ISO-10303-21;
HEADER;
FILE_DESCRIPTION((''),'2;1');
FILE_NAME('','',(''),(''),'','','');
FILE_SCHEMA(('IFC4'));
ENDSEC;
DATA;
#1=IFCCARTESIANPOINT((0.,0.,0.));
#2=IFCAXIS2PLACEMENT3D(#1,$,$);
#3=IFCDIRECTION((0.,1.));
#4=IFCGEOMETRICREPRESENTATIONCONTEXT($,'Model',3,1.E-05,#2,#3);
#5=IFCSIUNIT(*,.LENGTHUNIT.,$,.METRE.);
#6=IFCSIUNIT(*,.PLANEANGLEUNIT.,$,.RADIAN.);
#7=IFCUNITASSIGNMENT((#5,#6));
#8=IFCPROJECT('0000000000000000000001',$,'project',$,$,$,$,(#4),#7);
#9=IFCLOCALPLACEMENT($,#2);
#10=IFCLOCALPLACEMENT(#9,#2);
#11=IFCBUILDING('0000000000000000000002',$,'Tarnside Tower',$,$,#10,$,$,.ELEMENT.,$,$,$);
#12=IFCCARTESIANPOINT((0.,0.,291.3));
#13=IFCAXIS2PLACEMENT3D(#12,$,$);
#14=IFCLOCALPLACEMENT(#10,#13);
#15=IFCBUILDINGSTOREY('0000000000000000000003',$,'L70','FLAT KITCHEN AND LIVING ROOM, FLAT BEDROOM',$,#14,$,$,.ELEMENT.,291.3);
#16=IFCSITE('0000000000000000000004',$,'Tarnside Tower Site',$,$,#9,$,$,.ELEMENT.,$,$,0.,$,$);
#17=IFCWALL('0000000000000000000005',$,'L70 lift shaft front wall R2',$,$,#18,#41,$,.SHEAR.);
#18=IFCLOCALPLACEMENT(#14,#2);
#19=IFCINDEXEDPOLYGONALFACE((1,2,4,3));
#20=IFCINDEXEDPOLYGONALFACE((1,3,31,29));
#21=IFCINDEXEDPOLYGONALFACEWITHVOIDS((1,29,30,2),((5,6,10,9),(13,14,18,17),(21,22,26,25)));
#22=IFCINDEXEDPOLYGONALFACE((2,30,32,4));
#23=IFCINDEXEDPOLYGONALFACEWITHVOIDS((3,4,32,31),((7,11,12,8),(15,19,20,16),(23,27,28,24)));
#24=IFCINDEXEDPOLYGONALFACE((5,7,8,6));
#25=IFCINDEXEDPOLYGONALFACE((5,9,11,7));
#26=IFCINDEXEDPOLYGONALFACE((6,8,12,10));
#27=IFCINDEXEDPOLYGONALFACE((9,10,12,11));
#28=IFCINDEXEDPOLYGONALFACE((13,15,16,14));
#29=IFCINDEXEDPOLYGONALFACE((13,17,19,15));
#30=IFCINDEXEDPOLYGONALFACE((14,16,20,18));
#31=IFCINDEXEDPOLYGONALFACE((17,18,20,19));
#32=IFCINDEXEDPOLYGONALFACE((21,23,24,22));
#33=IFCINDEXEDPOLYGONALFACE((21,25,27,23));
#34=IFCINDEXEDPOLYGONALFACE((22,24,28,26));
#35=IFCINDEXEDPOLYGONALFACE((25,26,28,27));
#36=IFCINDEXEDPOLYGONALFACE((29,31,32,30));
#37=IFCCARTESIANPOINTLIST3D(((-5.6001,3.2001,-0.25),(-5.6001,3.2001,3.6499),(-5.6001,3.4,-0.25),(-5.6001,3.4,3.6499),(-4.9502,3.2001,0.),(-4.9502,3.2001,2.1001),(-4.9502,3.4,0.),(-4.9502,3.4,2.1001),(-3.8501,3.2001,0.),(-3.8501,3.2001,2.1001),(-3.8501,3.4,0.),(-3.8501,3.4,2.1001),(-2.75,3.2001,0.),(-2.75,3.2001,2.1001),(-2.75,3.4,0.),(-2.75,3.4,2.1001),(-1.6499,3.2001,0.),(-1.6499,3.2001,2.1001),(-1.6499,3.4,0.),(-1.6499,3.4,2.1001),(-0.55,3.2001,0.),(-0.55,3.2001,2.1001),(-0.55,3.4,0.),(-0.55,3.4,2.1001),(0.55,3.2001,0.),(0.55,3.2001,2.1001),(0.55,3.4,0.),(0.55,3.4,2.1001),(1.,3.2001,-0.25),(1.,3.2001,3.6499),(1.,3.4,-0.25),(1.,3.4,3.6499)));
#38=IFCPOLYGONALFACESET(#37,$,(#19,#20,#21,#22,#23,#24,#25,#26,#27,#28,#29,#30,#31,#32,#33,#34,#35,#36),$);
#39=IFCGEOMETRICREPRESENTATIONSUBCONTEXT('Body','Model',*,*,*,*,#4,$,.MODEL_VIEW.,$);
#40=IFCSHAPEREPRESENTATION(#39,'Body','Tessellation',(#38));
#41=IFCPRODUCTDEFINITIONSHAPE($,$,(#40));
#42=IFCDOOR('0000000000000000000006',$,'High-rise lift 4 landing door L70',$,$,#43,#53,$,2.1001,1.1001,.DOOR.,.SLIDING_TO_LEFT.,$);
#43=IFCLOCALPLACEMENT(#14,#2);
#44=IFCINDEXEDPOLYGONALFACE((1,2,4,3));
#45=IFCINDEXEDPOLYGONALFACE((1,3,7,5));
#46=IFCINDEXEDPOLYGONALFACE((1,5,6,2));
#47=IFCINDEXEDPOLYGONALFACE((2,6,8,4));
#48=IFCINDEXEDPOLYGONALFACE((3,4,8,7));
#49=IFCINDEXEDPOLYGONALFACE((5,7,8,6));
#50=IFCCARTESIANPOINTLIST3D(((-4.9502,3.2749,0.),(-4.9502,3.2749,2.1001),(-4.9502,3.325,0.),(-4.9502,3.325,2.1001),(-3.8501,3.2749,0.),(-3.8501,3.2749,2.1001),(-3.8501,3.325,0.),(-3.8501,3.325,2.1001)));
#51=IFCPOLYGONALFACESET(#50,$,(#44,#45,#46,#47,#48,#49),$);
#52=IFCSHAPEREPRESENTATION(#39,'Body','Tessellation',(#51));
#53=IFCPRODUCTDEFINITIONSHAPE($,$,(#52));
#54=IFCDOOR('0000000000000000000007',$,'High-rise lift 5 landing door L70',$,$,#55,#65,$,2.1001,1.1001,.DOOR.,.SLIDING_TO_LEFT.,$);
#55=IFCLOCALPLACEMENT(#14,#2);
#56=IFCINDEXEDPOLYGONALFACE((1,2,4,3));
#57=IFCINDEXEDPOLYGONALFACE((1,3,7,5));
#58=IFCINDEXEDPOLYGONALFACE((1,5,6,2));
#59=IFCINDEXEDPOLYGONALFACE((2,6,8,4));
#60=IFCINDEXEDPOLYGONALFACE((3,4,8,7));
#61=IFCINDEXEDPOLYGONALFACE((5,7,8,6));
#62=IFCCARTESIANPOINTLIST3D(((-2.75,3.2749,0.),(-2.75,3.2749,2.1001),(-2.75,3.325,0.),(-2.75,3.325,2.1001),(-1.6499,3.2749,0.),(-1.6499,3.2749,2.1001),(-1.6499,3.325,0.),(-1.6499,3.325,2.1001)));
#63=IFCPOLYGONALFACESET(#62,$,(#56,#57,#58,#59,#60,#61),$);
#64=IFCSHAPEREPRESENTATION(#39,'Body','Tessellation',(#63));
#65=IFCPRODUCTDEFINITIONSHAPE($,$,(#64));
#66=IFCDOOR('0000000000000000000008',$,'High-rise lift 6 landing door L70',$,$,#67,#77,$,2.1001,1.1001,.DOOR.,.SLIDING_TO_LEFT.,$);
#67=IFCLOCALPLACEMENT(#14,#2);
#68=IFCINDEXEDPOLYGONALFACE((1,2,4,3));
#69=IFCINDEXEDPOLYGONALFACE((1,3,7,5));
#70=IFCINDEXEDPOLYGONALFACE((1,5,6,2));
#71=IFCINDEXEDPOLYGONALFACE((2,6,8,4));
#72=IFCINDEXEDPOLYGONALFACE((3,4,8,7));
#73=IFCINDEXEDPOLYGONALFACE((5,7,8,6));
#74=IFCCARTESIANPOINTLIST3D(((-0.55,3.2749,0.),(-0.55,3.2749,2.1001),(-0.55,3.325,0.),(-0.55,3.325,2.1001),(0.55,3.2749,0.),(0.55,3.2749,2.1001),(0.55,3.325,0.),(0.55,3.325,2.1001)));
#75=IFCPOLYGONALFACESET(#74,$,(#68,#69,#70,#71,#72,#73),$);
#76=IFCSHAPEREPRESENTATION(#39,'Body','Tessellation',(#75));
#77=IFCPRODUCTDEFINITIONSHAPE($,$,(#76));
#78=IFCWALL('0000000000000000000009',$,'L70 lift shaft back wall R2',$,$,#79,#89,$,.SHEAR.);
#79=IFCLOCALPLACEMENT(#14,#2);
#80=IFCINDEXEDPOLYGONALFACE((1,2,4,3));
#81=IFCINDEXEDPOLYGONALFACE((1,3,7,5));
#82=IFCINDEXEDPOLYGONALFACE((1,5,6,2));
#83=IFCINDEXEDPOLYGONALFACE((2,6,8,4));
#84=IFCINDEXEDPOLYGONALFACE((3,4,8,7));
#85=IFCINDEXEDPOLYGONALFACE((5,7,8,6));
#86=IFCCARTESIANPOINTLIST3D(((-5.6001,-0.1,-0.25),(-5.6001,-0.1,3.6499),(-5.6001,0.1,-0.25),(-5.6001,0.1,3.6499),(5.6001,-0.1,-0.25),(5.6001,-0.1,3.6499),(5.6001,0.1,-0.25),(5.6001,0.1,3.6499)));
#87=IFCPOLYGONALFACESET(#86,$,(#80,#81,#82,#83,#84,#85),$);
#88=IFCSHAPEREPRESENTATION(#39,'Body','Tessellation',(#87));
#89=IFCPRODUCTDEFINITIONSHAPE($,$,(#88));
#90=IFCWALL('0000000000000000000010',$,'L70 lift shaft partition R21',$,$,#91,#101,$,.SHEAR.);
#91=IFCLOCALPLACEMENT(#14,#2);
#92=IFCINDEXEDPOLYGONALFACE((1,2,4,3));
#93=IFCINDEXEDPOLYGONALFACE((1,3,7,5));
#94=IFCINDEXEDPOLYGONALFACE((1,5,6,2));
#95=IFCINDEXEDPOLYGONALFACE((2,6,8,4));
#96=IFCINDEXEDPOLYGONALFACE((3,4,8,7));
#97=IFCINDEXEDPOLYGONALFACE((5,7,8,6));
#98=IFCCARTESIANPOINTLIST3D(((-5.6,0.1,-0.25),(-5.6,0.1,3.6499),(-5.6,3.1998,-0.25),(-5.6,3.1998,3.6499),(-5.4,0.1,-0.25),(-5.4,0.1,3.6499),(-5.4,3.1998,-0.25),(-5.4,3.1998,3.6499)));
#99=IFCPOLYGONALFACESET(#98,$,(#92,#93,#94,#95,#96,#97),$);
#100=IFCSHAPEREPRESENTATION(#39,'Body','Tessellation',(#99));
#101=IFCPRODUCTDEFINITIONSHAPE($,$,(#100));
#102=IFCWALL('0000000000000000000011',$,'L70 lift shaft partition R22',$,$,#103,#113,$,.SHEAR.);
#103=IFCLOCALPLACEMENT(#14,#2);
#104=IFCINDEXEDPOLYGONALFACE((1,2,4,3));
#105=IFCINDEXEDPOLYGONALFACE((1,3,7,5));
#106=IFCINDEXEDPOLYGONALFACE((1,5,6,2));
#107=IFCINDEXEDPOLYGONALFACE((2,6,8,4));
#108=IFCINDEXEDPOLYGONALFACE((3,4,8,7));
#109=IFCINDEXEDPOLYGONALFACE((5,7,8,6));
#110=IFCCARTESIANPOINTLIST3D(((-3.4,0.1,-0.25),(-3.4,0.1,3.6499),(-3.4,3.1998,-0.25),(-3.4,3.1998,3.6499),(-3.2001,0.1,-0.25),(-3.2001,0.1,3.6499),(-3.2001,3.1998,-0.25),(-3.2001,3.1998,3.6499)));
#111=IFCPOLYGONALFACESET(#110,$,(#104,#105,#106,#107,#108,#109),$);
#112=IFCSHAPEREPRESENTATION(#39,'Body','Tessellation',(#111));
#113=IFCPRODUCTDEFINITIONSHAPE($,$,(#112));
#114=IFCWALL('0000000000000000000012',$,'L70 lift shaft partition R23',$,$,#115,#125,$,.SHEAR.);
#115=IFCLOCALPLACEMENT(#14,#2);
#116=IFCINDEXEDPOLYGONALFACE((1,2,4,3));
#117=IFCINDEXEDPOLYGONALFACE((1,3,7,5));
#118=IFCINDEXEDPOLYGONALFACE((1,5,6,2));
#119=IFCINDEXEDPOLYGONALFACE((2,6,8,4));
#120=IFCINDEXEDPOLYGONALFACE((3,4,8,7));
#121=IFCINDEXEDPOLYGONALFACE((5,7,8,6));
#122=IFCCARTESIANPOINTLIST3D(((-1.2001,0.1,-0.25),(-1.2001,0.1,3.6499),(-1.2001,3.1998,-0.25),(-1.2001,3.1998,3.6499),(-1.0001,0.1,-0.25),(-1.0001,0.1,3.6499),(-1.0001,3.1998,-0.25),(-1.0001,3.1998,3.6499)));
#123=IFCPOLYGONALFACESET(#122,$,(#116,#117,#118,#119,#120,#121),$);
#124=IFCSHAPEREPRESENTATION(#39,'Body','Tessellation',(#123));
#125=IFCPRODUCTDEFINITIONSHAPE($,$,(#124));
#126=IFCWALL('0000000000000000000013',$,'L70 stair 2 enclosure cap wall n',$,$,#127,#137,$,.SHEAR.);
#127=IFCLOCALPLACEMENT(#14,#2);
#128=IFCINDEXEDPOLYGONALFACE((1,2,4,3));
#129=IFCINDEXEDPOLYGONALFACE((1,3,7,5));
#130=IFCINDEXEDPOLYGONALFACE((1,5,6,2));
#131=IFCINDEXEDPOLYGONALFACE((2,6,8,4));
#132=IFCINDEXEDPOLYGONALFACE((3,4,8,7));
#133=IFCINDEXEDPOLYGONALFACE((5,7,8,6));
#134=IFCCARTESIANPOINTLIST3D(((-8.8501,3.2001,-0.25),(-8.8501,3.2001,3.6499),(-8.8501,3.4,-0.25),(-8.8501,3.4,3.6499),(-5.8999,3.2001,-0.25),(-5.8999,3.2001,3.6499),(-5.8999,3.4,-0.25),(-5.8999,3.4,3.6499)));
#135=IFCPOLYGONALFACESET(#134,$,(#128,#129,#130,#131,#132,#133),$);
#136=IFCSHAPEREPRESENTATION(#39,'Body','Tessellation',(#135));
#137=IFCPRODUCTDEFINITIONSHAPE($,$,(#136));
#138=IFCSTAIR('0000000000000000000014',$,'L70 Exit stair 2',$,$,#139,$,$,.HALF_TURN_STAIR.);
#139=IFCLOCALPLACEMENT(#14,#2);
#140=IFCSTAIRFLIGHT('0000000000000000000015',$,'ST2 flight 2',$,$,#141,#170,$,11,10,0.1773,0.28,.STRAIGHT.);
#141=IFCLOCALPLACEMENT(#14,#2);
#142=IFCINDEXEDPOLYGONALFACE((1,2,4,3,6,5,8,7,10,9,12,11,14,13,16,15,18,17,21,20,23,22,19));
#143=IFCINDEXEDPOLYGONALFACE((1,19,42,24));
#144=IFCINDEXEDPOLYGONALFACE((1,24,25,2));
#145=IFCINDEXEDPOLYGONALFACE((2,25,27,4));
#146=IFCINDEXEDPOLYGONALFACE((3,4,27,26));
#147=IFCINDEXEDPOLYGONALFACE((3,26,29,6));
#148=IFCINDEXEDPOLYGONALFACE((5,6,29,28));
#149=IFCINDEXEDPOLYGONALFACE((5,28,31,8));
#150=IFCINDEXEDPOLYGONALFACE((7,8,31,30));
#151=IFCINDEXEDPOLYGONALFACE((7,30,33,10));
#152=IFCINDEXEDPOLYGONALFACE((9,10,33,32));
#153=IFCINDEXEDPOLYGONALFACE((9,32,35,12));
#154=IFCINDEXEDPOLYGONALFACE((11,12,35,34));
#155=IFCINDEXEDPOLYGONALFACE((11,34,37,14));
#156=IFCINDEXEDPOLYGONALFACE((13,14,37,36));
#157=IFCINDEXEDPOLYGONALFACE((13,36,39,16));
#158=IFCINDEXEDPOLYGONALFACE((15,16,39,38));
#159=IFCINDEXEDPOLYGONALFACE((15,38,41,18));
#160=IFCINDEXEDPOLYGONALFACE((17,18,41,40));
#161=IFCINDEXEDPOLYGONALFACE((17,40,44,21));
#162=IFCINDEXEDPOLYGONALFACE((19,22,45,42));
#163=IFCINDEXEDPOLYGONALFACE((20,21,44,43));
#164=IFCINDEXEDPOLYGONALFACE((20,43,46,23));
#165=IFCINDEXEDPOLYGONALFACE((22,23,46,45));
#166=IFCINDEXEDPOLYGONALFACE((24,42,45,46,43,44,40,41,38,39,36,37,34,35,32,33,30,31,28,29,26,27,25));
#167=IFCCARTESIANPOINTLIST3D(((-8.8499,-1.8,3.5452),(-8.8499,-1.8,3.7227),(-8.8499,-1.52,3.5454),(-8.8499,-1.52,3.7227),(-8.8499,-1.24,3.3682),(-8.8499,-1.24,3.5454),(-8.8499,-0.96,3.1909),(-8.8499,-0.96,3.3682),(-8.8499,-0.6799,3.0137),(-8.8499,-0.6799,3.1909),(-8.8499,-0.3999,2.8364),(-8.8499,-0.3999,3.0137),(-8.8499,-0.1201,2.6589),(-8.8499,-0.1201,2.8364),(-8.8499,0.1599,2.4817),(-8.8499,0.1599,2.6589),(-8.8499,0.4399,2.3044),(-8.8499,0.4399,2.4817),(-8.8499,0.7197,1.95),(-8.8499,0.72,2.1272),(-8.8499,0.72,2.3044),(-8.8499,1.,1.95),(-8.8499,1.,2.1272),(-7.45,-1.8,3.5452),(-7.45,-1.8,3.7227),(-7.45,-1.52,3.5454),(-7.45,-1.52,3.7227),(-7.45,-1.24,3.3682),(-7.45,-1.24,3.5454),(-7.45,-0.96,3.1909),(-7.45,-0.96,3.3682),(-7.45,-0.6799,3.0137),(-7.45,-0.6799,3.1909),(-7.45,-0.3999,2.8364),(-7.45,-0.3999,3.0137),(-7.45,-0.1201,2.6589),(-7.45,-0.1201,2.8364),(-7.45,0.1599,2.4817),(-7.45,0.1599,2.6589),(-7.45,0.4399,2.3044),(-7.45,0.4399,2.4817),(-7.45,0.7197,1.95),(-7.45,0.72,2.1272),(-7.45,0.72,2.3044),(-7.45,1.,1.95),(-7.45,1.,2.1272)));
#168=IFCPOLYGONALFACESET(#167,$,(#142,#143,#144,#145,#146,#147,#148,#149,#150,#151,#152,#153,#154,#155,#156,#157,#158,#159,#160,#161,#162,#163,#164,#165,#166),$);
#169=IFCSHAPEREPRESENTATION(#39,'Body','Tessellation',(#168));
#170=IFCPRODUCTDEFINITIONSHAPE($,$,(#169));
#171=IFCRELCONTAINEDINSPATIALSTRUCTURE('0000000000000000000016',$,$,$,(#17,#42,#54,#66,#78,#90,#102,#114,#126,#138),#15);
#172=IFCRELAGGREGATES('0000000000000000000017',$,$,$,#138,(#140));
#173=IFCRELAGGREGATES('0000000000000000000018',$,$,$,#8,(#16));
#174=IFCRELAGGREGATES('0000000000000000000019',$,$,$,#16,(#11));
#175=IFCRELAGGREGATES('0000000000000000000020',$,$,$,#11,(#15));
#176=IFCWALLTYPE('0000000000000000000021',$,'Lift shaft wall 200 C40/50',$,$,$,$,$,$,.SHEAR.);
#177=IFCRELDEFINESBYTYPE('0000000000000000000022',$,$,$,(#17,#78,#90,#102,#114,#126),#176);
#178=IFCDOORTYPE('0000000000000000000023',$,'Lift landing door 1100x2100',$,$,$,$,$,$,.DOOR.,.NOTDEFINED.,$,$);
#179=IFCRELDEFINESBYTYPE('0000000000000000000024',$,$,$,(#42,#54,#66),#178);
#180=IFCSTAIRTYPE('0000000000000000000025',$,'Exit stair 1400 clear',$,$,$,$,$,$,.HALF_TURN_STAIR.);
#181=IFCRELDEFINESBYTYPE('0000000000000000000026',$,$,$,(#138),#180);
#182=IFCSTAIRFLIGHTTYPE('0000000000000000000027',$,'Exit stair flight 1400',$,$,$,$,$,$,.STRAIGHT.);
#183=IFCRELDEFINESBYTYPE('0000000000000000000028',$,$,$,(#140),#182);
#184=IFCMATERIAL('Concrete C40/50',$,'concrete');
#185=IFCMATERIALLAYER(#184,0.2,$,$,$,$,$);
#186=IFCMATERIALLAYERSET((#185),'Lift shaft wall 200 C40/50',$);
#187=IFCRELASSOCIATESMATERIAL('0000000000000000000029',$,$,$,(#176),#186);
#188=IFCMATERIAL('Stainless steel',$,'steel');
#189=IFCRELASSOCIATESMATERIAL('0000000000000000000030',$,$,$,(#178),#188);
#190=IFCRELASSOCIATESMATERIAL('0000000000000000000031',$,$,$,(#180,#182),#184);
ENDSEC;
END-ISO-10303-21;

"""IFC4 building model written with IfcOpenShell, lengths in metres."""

from ifc_helpers import new_model, si_unit, direction, frame, frame_2d, origin, place, context, subcontext, project, spatial, polyline, rectangle, outline, extrude, material, layer, layer_set, type_object, element, fill, aggregate, save


model = new_model("IFC4")

# Units and contexts
model_context = context("Model", 3, precision=1e-05, world=origin(), true_north=direction((0.0, 1.0)))
body_context = subcontext(model_context, "Body", "Model", "MODEL_VIEW")
ifc_project = project(units=[si_unit("LENGTHUNIT", "METRE"), si_unit("PLANEANGLEUNIT", "RADIAN")], contexts=[model_context])

# Site, building, storey
site_placement = place(None, origin())
site = spatial("IfcSite", under=ifc_project, at=site_placement, Name="Tarnside Tower Site", CompositionType="ELEMENT", RefElevation=0.0)
building_placement = place(site_placement, origin())
building = spatial("IfcBuilding", under=site, at=building_placement, Name="Tarnside Tower", CompositionType="ELEMENT")
storey_placement = place(building_placement, frame((0.0, 0.0, 291.3)))
storey = spatial("IfcBuildingStorey", under=building, at=storey_placement, Name="L70", Description="FLAT KITCHEN AND LIVING ROOM, FLAT BEDROOM", CompositionType="ELEMENT", Elevation=291.3)

# Wall, openings, doors
ifc_material_1 = material(Name="Concrete C40/50", Category="concrete")
ifc_layer_1 = layer(ifc_material_1, 0.2)
ifc_layer_set_1 = layer_set([ifc_layer_1], Name="Lift shaft wall 200 C40/50")
wall_type_1 = type_object("IfcWallType", Name="Lift shaft wall 200 C40/50", PredefinedType="SHEAR", material=ifc_layer_set_1)
ifc_material_2 = material(Name="Stainless steel", Category="steel")
door_type_1 = type_object("IfcDoorType", Name="Lift landing door 1100x2100", OperationType="NOTDEFINED", PredefinedType="DOOR", material=ifc_material_2)
wall_1_placement = place(storey_placement, frame((-5.6001, 3.3, -0.25), z_axis=(0.0, 0.0, 1.0), x_axis=(1.0, 0.0, 0.0)))
wall_1 = element("IfcWall", 1, at=wall_1_placement, inside=storey, type_object=wall_type_1, Name="L70 lift shaft front wall R2", PredefinedType="SHEAR", context=body_context, shape_type="SweptSolid", body=[
    extrude(rectangle(XDim=6.6001, YDim=0.2, at=frame_2d((3.3, 0.0))), origin(), (0.0, 0.0, 1.0), 3.8999),
])
opening_1_placement = place(wall_1_placement, frame((0.6499, 0.0, 0.25)))
opening_1 = element("IfcOpeningElement", 2, at=opening_1_placement, cuts=wall_1, PredefinedType="OPENING", context=body_context, shape_type="SweptSolid", body=[
    extrude(rectangle(XDim=1.1001, YDim=2.1001, at=frame_2d((0.55, 1.05))), frame((0.0, 0.1099, 0.0), z_axis=(0.0, -1.0, 0.0), x_axis=(1.0, 0.0, 0.0)), (0.0, 0.0, 1.0), 0.22),
])
opening_2_placement = place(wall_1_placement, frame((2.8501, 0.0, 0.25)))
opening_2 = element("IfcOpeningElement", 3, at=opening_2_placement, cuts=wall_1, PredefinedType="OPENING", context=body_context, shape_type="SweptSolid", body=[
    extrude(rectangle(XDim=1.1001, YDim=2.1001, at=frame_2d((0.55, 1.05))), frame((0.0, 0.1099, 0.0), z_axis=(0.0, -1.0, 0.0), x_axis=(1.0, 0.0, 0.0)), (0.0, 0.0, 1.0), 0.22),
])
opening_3_placement = place(wall_1_placement, frame((5.05, 0.0, 0.25)))
opening_3 = element("IfcOpeningElement", 4, at=opening_3_placement, cuts=wall_1, PredefinedType="OPENING", context=body_context, shape_type="SweptSolid", body=[
    extrude(rectangle(XDim=1.1001, YDim=2.1001, at=frame_2d((0.55, 1.05))), frame((0.0, 0.1099, 0.0), z_axis=(0.0, -1.0, 0.0), x_axis=(1.0, 0.0, 0.0)), (0.0, 0.0, 1.0), 0.22),
])
door_1_placement = place(opening_1_placement, origin())
door_1 = element("IfcDoor", 5, at=door_1_placement, inside=storey, type_object=door_type_1, Name="High-rise lift 4 landing door L70", OperationType="SLIDING_TO_LEFT", OverallHeight=2.1001, OverallWidth=1.1001, PredefinedType="DOOR", context=body_context, shape_type="SweptSolid", body=[
    extrude(rectangle(XDim=1.1001, YDim=2.1001, at=frame_2d((0.55, 1.05))), frame((0.0, 0.0249, 0.0), z_axis=(0.0, -1.0, 0.0), x_axis=(1.0, 0.0, 0.0)), (0.0, 0.0, 1.0), 0.05),
])
fill(opening_1, door_1)
door_2_placement = place(opening_2_placement, origin())
door_2 = element("IfcDoor", 6, at=door_2_placement, inside=storey, type_object=door_type_1, Name="High-rise lift 5 landing door L70", OperationType="SLIDING_TO_LEFT", OverallHeight=2.1001, OverallWidth=1.1001, PredefinedType="DOOR", context=body_context, shape_type="SweptSolid", body=[
    extrude(rectangle(XDim=1.1001, YDim=2.1001, at=frame_2d((0.55, 1.05))), frame((0.0, 0.0249, 0.0), z_axis=(0.0, -1.0, 0.0), x_axis=(1.0, 0.0, 0.0)), (0.0, 0.0, 1.0), 0.05),
])
fill(opening_2, door_2)
door_3_placement = place(opening_3_placement, origin())
door_3 = element("IfcDoor", 7, at=door_3_placement, inside=storey, type_object=door_type_1, Name="High-rise lift 6 landing door L70", OperationType="SLIDING_TO_LEFT", OverallHeight=2.1001, OverallWidth=1.1001, PredefinedType="DOOR", context=body_context, shape_type="SweptSolid", body=[
    extrude(rectangle(XDim=1.1001, YDim=2.1001, at=frame_2d((0.55, 1.05))), frame((0.0, 0.0249, 0.0), z_axis=(0.0, -1.0, 0.0), x_axis=(1.0, 0.0, 0.0)), (0.0, 0.0, 1.0), 0.05),
])
fill(opening_3, door_3)

# Walls
wall_2_placement = place(storey_placement, frame((-5.6001, 0.0, -0.25), z_axis=(0.0, 0.0, 1.0), x_axis=(1.0, 0.0, 0.0)))
element("IfcWall", 8, at=wall_2_placement, inside=storey, type_object=wall_type_1, Name="L70 lift shaft back wall R2", PredefinedType="SHEAR", context=body_context, shape_type="SweptSolid", body=[
    extrude(rectangle(XDim=11.2002, YDim=0.2, at=frame_2d((5.6001, 0.0))), origin(), (0.0, 0.0, 1.0), 3.8999),
])
for number, where, z_axis, x_axis, name in (
    (9, (-5.5, 0.1001, -0.25), (0.0, 0.0, 1.0), (0.0, 1.0, 0.0), "L70 lift shaft partition R21"),
    (10, (-3.3, 0.1001, -0.25), (0.0, 0.0, 1.0), (0.0, 1.0, 0.0), "L70 lift shaft partition R22"),
    (11, (-1.1001, 0.1001, -0.25), (0.0, 0.0, 1.0), (0.0, 1.0, 0.0), "L70 lift shaft partition R23"),
):
    element("IfcWall", number, at=place(storey_placement, frame(where, z_axis=z_axis, x_axis=x_axis)), inside=storey, type_object=wall_type_1, Name=name, PredefinedType="SHEAR", context=body_context, shape_type="SweptSolid", body=[
        extrude(rectangle(XDim=3.0999, YDim=0.2, at=frame_2d((1.5498, 0.0))), origin(), (0.0, 0.0, 1.0), 3.8999),
    ])
wall_3_placement = place(storey_placement, frame((-8.8501, 3.3, -0.25), z_axis=(0.0, 0.0, 1.0), x_axis=(1.0, 0.0, 0.0)))
element("IfcWall", 12, at=wall_3_placement, inside=storey, type_object=wall_type_1, Name="L70 stair 2 enclosure cap wall n", PredefinedType="SHEAR", context=body_context, shape_type="SweptSolid", body=[
    extrude(rectangle(XDim=2.9502, YDim=0.2, at=frame_2d((1.4751, 0.0))), origin(), (0.0, 0.0, 1.0), 3.8999),
])

# Stair, stair flight
stair_type = type_object("IfcStairType", Name="Exit stair 1400 clear", PredefinedType="HALF_TURN_STAIR", material=ifc_material_1)
stair_placement = place(storey_placement, origin())
stair = element("IfcStair", 13, at=stair_placement, inside=storey, type_object=stair_type, Name="L70 Exit stair 2", PredefinedType="HALF_TURN_STAIR")
stair_flight_type = type_object("IfcStairFlightType", Name="Exit stair flight 1400", PredefinedType="STRAIGHT", material=ifc_material_1)
stair_flight_placement = place(storey_placement, frame((-8.1499, 1.0, 1.95), z_axis=(0.0, 0.0, 1.0), x_axis=(0.0, -1.0, 0.0)))
stair_flight = element("IfcStairFlight", 14, at=stair_flight_placement, type_object=stair_flight_type, Name="ST2 flight 2", NumberOfRisers=11, NumberOfTreads=10, PredefinedType="STRAIGHT", RiserHeight=0.1773, TreadLength=0.28, context=body_context, shape_type="SweptSolid", body=[
    extrude(outline(polyline([(0.0, 0.0), (0.0, 0.1772), (0.28, 0.1772), (0.28, 0.3545), (0.5601, 0.3545), (0.5601, 0.5317), (0.8401, 0.5317), (0.8401, 0.709), (1.1201, 0.709), (1.1201, 0.8865), (1.3999, 0.8865), (1.3999, 1.0637), (1.6799, 1.0637), (1.6799, 1.241), (1.96, 1.241), (1.96, 1.4182), (2.24, 1.4182), (2.24, 1.5955), (2.52, 1.5955), (2.52, 1.7727), (2.8, 1.7727), (2.8, 1.95), (2.8, 1.5952), (0.2803, 0.0), (0.0, 0.0)])), frame((0.0, 0.7, 0.0), z_axis=(0.0, -1.0, 0.0), x_axis=(1.0, 0.0, 0.0)), (0.0, 0.0, 1.0), 1.3999),
])
aggregate(stair, [stair_flight])

save(model, "model.ifc")
